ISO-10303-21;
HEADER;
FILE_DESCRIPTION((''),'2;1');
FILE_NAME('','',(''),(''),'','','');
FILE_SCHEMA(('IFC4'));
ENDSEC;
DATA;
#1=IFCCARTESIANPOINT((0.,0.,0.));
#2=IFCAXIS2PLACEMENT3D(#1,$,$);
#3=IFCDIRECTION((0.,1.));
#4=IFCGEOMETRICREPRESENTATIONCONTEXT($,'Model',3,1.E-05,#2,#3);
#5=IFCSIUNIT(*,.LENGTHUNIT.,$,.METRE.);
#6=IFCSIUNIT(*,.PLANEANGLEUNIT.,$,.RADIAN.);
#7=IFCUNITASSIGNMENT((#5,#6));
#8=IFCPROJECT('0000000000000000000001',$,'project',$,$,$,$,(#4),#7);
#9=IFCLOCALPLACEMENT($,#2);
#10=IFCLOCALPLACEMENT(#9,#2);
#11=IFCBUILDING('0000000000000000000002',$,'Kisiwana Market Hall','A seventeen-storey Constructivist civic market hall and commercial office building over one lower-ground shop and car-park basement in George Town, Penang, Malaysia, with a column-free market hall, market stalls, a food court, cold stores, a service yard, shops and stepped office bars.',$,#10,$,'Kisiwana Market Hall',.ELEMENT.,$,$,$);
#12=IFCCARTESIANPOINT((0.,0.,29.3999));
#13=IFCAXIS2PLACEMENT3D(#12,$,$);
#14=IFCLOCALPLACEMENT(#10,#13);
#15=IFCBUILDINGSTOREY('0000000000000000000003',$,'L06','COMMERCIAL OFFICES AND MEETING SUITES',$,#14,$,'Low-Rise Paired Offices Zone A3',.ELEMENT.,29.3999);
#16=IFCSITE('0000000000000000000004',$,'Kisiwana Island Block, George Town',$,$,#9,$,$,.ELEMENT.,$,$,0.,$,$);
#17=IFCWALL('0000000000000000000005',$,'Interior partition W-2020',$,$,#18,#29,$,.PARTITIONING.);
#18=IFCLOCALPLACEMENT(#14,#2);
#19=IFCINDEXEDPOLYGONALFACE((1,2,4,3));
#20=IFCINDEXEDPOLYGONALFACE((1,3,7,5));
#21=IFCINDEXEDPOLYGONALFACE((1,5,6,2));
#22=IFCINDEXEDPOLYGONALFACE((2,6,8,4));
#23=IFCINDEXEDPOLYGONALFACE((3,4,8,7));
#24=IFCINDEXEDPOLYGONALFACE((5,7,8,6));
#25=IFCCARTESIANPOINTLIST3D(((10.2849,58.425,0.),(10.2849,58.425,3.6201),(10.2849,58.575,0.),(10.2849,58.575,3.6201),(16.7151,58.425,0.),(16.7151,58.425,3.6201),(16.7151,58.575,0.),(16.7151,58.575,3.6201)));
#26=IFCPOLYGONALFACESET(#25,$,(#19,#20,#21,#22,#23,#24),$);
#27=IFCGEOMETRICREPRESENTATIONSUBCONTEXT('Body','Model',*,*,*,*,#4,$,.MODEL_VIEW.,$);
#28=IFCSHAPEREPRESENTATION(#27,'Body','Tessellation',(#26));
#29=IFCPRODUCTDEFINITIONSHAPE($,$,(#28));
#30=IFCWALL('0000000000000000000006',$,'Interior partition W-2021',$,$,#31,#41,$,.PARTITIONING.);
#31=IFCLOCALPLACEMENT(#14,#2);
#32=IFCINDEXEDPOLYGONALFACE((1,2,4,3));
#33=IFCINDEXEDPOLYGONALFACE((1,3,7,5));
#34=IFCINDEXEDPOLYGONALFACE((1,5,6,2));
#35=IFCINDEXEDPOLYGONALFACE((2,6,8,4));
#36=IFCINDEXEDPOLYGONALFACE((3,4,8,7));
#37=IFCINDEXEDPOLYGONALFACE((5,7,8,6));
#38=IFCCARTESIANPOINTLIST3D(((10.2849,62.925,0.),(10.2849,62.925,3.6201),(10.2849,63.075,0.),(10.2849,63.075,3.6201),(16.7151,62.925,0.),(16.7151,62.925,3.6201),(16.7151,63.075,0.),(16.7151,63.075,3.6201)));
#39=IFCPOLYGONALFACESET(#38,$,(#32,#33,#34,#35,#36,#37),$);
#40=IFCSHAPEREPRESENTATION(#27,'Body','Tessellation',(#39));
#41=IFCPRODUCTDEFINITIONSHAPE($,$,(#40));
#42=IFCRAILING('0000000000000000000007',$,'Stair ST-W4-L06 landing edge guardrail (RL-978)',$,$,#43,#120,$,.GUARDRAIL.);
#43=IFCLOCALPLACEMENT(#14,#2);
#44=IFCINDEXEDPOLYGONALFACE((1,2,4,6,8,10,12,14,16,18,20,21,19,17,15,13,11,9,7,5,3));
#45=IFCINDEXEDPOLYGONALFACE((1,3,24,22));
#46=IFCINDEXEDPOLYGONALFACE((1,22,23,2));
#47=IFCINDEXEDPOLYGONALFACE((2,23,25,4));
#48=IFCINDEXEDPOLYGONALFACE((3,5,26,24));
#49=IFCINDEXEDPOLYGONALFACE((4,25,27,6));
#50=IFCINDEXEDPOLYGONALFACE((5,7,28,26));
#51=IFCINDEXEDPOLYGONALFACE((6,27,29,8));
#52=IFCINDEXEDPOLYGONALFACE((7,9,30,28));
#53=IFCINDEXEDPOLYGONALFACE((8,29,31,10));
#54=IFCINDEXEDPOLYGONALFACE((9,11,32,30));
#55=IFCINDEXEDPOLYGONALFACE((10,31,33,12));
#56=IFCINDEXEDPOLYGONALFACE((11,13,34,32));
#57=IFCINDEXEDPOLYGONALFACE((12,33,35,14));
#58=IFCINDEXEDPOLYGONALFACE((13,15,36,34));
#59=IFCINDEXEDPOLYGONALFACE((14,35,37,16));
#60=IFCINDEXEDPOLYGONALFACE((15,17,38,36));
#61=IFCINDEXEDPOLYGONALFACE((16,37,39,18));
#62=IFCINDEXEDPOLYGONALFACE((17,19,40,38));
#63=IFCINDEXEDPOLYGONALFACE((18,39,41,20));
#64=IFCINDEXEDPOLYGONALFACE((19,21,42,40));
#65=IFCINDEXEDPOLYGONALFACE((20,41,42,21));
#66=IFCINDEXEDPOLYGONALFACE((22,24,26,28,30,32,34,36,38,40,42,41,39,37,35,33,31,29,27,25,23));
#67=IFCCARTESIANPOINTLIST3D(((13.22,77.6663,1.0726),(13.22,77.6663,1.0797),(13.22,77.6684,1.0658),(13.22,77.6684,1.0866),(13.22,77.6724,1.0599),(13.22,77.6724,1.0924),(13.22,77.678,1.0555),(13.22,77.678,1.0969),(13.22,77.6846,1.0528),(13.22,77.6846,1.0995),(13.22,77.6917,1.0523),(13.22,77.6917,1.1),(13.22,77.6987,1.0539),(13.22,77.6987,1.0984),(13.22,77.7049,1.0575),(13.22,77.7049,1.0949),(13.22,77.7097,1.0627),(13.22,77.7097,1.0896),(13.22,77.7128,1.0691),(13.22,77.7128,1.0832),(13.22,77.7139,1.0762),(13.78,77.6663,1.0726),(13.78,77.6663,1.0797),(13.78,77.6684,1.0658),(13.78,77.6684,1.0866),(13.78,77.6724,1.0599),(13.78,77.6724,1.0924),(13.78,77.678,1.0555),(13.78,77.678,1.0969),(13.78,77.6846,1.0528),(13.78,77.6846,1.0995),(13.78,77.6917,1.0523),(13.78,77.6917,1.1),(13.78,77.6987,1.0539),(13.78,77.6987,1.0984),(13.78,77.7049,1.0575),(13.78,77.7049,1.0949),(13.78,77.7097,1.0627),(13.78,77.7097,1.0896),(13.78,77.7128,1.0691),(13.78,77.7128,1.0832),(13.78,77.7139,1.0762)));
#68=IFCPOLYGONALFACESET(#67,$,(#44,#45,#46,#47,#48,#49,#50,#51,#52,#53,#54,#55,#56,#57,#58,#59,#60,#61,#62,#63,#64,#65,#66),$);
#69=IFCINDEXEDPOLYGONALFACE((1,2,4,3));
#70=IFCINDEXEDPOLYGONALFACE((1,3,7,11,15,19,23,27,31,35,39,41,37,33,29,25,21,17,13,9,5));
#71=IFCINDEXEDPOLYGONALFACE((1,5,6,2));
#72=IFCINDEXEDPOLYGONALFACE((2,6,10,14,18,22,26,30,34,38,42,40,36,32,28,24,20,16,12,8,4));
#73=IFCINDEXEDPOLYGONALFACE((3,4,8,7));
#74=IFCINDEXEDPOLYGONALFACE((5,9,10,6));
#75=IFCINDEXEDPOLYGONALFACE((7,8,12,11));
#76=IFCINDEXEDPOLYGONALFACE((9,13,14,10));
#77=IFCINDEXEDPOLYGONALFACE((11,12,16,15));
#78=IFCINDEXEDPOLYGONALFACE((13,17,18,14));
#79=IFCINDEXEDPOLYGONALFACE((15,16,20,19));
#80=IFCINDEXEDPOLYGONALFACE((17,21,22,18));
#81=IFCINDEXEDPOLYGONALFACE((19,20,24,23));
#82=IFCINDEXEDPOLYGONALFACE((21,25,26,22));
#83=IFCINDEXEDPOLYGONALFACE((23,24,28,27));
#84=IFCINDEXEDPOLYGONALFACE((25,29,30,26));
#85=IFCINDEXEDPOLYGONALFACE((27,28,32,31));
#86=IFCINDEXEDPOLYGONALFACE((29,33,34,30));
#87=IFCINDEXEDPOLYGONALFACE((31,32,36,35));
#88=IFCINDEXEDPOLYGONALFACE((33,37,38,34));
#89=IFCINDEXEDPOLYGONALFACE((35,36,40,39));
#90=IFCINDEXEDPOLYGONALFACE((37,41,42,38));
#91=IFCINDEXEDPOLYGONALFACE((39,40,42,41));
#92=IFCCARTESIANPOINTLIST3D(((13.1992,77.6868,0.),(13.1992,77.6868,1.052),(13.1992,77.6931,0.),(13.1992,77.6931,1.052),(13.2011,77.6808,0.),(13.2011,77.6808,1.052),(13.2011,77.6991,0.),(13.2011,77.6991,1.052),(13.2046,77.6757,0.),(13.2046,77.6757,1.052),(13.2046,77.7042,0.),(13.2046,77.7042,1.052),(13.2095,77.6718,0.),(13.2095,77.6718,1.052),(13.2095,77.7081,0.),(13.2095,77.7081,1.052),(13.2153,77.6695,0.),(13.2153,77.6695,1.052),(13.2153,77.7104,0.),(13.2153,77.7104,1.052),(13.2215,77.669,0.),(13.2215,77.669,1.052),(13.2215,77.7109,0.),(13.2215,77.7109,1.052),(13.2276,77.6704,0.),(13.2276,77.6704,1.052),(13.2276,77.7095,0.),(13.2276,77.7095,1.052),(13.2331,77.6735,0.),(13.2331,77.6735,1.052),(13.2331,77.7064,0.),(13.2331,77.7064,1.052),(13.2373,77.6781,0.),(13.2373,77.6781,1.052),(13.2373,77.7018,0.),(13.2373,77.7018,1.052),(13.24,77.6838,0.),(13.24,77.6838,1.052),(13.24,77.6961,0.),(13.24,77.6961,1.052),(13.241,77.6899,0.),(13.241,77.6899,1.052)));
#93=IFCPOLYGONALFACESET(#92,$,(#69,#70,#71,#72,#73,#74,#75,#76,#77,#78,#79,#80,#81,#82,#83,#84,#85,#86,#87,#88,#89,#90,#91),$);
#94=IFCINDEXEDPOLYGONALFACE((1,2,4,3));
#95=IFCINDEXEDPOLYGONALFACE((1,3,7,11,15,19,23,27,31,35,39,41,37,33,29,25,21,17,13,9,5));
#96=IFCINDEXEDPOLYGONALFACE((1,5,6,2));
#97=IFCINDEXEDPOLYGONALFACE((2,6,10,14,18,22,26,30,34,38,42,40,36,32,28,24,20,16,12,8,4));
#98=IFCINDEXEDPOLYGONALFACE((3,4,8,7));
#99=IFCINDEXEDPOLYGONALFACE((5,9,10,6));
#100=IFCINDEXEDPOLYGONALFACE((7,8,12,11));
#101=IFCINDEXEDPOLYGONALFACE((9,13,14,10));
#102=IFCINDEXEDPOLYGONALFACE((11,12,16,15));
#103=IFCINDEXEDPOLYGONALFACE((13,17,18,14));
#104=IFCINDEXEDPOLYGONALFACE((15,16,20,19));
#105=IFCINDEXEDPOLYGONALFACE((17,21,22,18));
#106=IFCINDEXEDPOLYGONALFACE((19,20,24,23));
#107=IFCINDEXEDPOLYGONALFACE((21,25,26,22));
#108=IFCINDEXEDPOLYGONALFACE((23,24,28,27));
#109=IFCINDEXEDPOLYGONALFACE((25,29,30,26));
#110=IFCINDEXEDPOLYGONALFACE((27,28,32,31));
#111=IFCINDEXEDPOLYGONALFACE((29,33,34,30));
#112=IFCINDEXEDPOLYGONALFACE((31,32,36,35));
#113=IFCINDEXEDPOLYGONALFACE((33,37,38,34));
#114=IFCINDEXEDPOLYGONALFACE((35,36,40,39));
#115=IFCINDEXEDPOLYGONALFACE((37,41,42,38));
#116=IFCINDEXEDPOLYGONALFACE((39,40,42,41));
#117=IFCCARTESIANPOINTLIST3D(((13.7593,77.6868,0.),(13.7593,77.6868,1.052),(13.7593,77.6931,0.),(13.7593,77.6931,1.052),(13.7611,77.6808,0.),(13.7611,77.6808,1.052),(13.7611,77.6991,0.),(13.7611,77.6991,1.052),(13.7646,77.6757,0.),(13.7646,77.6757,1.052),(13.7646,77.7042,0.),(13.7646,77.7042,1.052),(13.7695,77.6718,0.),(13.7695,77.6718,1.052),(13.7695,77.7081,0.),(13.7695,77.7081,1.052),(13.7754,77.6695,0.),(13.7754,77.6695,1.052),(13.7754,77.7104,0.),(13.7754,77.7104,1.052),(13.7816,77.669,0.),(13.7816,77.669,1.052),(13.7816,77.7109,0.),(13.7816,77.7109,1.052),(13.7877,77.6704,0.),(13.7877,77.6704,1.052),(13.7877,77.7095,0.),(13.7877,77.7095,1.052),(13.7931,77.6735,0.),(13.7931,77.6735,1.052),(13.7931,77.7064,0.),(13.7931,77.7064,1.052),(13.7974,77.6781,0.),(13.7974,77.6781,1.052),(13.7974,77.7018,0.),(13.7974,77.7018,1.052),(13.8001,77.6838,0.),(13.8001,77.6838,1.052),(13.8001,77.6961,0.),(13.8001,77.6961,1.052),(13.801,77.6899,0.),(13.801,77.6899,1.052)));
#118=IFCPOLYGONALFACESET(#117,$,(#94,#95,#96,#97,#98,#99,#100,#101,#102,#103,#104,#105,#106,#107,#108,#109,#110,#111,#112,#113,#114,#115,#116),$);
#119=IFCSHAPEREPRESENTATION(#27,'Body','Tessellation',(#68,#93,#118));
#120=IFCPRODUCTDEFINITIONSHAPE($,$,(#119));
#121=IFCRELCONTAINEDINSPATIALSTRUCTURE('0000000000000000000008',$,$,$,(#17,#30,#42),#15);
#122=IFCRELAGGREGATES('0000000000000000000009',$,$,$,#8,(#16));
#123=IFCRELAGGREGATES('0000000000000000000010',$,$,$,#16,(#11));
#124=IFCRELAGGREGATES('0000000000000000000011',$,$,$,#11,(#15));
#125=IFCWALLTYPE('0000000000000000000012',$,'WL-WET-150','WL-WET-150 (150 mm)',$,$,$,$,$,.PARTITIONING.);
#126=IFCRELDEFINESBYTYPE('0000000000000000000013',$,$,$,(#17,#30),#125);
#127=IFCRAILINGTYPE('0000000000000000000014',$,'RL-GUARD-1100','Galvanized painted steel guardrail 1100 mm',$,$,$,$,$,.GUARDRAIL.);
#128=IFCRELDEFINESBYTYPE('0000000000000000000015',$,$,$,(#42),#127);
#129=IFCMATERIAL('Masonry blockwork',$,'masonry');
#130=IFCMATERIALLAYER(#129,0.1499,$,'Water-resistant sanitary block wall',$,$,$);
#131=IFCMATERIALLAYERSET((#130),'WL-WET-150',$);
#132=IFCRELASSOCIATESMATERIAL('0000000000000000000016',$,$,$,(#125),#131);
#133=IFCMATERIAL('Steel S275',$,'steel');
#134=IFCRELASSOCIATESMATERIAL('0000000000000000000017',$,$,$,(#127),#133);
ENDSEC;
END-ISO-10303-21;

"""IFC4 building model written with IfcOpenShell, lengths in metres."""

from ifc_helpers import new_model, si_unit, direction, frame, frame_2d, origin, origin_2d, place, context, subcontext, project, spatial, rectangle, circle, extrude, material, layer, layer_set, type_object, element, save


model = new_model("IFC4")

# Units and contexts
model_context = context("Model", 3, precision=1e-05, world=origin(), true_north=direction((0.0, 1.0)))
body_context = subcontext(model_context, "Body", "Model", "MODEL_VIEW")
ifc_project = project(units=[si_unit("LENGTHUNIT", "METRE"), si_unit("PLANEANGLEUNIT", "RADIAN")], contexts=[model_context])

# Site, building, storey
site_placement = place(None, origin())
site = spatial("IfcSite", under=ifc_project, at=site_placement, Name="Kisiwana Island Block, George Town", CompositionType="ELEMENT", RefElevation=0.0)
building_placement = place(site_placement, origin())
building = spatial("IfcBuilding", under=site, at=building_placement, Name="Kisiwana Market Hall", Description="A seventeen-storey Constructivist civic market hall and commercial office building over one lower-ground shop and car-park basement in George Town, Penang, Malaysia, with a column-free market hall, market stalls, a food court, cold stores, a service yard, shops and stepped office bars.", LongName="Kisiwana Market Hall", CompositionType="ELEMENT")
storey_placement = place(building_placement, frame((0.0, 0.0, 29.3999)))
storey = spatial("IfcBuildingStorey", under=building, at=storey_placement, Name="L06", Description="COMMERCIAL OFFICES AND MEETING SUITES", LongName="Low-Rise Paired Offices Zone A3", CompositionType="ELEMENT", Elevation=29.3999)

# Walls
ifc_material_1 = material(Name="Masonry blockwork", Category="masonry")
ifc_layer_1 = layer(ifc_material_1, 0.1499, Name="Water-resistant sanitary block wall")
ifc_layer_set_1 = layer_set([ifc_layer_1], Name="WL-WET-150")
wall_type_1 = type_object("IfcWallType", Name="WL-WET-150", Description="WL-WET-150 (150 mm)", PredefinedType="PARTITIONING", material=ifc_layer_set_1)
for number, where, z_axis, x_axis, name in (
    (1, (10.2849, 58.5, 0.0), (0.0, 0.0, 1.0), (1.0, 0.0, 0.0), "Interior partition W-2020"),
    (2, (10.2849, 63.0, 0.0), (0.0, 0.0, 1.0), (1.0, 0.0, 0.0), "Interior partition W-2021"),
):
    element("IfcWall", number, at=place(storey_placement, frame(where, z_axis=z_axis, x_axis=x_axis)), inside=storey, type_object=wall_type_1, Name=name, PredefinedType="PARTITIONING", context=body_context, shape_type="SweptSolid", body=[
        extrude(rectangle(XDim=6.4302, YDim=0.1499, at=frame_2d((3.2151, 0.0))), origin(), (0.0, 0.0, 1.0), 3.6201),
    ])

# Railing
ifc_material_2 = material(Name="Steel S275", Category="steel")
railing_type_1 = type_object("IfcRailingType", Name="RL-GUARD-1100", Description="Galvanized painted steel guardrail 1100 mm", PredefinedType="GUARDRAIL", material=ifc_material_2)
railing_1_placement = place(storey_placement, frame((13.22, 77.6899, 0.0)))
element("IfcRailing", 3, at=railing_1_placement, inside=storey, type_object=railing_type_1, Name="Stair ST-W4-L06 landing edge guardrail (RL-978)", PredefinedType="GUARDRAIL", context=body_context, shape_type="SweptSolid", body=[
    extrude(circle(Radius=0.0239, at=origin_2d()), frame((0.0, 0.0, 1.0762), z_axis=(1.0, 0.0, 0.0), x_axis=(0.0, 1.0, 0.0)), (0.0, 0.0, 1.0), 0.5601),
    extrude(circle(Radius=0.021, at=origin_2d()), origin(), (0.0, 0.0, 1.0), 1.052),
    extrude(circle(Radius=0.021, at=origin_2d()), frame((0.5601, 0.0, 0.0)), (0.0, 0.0, 1.0), 1.052),
])

save(model, "model.ifc")
